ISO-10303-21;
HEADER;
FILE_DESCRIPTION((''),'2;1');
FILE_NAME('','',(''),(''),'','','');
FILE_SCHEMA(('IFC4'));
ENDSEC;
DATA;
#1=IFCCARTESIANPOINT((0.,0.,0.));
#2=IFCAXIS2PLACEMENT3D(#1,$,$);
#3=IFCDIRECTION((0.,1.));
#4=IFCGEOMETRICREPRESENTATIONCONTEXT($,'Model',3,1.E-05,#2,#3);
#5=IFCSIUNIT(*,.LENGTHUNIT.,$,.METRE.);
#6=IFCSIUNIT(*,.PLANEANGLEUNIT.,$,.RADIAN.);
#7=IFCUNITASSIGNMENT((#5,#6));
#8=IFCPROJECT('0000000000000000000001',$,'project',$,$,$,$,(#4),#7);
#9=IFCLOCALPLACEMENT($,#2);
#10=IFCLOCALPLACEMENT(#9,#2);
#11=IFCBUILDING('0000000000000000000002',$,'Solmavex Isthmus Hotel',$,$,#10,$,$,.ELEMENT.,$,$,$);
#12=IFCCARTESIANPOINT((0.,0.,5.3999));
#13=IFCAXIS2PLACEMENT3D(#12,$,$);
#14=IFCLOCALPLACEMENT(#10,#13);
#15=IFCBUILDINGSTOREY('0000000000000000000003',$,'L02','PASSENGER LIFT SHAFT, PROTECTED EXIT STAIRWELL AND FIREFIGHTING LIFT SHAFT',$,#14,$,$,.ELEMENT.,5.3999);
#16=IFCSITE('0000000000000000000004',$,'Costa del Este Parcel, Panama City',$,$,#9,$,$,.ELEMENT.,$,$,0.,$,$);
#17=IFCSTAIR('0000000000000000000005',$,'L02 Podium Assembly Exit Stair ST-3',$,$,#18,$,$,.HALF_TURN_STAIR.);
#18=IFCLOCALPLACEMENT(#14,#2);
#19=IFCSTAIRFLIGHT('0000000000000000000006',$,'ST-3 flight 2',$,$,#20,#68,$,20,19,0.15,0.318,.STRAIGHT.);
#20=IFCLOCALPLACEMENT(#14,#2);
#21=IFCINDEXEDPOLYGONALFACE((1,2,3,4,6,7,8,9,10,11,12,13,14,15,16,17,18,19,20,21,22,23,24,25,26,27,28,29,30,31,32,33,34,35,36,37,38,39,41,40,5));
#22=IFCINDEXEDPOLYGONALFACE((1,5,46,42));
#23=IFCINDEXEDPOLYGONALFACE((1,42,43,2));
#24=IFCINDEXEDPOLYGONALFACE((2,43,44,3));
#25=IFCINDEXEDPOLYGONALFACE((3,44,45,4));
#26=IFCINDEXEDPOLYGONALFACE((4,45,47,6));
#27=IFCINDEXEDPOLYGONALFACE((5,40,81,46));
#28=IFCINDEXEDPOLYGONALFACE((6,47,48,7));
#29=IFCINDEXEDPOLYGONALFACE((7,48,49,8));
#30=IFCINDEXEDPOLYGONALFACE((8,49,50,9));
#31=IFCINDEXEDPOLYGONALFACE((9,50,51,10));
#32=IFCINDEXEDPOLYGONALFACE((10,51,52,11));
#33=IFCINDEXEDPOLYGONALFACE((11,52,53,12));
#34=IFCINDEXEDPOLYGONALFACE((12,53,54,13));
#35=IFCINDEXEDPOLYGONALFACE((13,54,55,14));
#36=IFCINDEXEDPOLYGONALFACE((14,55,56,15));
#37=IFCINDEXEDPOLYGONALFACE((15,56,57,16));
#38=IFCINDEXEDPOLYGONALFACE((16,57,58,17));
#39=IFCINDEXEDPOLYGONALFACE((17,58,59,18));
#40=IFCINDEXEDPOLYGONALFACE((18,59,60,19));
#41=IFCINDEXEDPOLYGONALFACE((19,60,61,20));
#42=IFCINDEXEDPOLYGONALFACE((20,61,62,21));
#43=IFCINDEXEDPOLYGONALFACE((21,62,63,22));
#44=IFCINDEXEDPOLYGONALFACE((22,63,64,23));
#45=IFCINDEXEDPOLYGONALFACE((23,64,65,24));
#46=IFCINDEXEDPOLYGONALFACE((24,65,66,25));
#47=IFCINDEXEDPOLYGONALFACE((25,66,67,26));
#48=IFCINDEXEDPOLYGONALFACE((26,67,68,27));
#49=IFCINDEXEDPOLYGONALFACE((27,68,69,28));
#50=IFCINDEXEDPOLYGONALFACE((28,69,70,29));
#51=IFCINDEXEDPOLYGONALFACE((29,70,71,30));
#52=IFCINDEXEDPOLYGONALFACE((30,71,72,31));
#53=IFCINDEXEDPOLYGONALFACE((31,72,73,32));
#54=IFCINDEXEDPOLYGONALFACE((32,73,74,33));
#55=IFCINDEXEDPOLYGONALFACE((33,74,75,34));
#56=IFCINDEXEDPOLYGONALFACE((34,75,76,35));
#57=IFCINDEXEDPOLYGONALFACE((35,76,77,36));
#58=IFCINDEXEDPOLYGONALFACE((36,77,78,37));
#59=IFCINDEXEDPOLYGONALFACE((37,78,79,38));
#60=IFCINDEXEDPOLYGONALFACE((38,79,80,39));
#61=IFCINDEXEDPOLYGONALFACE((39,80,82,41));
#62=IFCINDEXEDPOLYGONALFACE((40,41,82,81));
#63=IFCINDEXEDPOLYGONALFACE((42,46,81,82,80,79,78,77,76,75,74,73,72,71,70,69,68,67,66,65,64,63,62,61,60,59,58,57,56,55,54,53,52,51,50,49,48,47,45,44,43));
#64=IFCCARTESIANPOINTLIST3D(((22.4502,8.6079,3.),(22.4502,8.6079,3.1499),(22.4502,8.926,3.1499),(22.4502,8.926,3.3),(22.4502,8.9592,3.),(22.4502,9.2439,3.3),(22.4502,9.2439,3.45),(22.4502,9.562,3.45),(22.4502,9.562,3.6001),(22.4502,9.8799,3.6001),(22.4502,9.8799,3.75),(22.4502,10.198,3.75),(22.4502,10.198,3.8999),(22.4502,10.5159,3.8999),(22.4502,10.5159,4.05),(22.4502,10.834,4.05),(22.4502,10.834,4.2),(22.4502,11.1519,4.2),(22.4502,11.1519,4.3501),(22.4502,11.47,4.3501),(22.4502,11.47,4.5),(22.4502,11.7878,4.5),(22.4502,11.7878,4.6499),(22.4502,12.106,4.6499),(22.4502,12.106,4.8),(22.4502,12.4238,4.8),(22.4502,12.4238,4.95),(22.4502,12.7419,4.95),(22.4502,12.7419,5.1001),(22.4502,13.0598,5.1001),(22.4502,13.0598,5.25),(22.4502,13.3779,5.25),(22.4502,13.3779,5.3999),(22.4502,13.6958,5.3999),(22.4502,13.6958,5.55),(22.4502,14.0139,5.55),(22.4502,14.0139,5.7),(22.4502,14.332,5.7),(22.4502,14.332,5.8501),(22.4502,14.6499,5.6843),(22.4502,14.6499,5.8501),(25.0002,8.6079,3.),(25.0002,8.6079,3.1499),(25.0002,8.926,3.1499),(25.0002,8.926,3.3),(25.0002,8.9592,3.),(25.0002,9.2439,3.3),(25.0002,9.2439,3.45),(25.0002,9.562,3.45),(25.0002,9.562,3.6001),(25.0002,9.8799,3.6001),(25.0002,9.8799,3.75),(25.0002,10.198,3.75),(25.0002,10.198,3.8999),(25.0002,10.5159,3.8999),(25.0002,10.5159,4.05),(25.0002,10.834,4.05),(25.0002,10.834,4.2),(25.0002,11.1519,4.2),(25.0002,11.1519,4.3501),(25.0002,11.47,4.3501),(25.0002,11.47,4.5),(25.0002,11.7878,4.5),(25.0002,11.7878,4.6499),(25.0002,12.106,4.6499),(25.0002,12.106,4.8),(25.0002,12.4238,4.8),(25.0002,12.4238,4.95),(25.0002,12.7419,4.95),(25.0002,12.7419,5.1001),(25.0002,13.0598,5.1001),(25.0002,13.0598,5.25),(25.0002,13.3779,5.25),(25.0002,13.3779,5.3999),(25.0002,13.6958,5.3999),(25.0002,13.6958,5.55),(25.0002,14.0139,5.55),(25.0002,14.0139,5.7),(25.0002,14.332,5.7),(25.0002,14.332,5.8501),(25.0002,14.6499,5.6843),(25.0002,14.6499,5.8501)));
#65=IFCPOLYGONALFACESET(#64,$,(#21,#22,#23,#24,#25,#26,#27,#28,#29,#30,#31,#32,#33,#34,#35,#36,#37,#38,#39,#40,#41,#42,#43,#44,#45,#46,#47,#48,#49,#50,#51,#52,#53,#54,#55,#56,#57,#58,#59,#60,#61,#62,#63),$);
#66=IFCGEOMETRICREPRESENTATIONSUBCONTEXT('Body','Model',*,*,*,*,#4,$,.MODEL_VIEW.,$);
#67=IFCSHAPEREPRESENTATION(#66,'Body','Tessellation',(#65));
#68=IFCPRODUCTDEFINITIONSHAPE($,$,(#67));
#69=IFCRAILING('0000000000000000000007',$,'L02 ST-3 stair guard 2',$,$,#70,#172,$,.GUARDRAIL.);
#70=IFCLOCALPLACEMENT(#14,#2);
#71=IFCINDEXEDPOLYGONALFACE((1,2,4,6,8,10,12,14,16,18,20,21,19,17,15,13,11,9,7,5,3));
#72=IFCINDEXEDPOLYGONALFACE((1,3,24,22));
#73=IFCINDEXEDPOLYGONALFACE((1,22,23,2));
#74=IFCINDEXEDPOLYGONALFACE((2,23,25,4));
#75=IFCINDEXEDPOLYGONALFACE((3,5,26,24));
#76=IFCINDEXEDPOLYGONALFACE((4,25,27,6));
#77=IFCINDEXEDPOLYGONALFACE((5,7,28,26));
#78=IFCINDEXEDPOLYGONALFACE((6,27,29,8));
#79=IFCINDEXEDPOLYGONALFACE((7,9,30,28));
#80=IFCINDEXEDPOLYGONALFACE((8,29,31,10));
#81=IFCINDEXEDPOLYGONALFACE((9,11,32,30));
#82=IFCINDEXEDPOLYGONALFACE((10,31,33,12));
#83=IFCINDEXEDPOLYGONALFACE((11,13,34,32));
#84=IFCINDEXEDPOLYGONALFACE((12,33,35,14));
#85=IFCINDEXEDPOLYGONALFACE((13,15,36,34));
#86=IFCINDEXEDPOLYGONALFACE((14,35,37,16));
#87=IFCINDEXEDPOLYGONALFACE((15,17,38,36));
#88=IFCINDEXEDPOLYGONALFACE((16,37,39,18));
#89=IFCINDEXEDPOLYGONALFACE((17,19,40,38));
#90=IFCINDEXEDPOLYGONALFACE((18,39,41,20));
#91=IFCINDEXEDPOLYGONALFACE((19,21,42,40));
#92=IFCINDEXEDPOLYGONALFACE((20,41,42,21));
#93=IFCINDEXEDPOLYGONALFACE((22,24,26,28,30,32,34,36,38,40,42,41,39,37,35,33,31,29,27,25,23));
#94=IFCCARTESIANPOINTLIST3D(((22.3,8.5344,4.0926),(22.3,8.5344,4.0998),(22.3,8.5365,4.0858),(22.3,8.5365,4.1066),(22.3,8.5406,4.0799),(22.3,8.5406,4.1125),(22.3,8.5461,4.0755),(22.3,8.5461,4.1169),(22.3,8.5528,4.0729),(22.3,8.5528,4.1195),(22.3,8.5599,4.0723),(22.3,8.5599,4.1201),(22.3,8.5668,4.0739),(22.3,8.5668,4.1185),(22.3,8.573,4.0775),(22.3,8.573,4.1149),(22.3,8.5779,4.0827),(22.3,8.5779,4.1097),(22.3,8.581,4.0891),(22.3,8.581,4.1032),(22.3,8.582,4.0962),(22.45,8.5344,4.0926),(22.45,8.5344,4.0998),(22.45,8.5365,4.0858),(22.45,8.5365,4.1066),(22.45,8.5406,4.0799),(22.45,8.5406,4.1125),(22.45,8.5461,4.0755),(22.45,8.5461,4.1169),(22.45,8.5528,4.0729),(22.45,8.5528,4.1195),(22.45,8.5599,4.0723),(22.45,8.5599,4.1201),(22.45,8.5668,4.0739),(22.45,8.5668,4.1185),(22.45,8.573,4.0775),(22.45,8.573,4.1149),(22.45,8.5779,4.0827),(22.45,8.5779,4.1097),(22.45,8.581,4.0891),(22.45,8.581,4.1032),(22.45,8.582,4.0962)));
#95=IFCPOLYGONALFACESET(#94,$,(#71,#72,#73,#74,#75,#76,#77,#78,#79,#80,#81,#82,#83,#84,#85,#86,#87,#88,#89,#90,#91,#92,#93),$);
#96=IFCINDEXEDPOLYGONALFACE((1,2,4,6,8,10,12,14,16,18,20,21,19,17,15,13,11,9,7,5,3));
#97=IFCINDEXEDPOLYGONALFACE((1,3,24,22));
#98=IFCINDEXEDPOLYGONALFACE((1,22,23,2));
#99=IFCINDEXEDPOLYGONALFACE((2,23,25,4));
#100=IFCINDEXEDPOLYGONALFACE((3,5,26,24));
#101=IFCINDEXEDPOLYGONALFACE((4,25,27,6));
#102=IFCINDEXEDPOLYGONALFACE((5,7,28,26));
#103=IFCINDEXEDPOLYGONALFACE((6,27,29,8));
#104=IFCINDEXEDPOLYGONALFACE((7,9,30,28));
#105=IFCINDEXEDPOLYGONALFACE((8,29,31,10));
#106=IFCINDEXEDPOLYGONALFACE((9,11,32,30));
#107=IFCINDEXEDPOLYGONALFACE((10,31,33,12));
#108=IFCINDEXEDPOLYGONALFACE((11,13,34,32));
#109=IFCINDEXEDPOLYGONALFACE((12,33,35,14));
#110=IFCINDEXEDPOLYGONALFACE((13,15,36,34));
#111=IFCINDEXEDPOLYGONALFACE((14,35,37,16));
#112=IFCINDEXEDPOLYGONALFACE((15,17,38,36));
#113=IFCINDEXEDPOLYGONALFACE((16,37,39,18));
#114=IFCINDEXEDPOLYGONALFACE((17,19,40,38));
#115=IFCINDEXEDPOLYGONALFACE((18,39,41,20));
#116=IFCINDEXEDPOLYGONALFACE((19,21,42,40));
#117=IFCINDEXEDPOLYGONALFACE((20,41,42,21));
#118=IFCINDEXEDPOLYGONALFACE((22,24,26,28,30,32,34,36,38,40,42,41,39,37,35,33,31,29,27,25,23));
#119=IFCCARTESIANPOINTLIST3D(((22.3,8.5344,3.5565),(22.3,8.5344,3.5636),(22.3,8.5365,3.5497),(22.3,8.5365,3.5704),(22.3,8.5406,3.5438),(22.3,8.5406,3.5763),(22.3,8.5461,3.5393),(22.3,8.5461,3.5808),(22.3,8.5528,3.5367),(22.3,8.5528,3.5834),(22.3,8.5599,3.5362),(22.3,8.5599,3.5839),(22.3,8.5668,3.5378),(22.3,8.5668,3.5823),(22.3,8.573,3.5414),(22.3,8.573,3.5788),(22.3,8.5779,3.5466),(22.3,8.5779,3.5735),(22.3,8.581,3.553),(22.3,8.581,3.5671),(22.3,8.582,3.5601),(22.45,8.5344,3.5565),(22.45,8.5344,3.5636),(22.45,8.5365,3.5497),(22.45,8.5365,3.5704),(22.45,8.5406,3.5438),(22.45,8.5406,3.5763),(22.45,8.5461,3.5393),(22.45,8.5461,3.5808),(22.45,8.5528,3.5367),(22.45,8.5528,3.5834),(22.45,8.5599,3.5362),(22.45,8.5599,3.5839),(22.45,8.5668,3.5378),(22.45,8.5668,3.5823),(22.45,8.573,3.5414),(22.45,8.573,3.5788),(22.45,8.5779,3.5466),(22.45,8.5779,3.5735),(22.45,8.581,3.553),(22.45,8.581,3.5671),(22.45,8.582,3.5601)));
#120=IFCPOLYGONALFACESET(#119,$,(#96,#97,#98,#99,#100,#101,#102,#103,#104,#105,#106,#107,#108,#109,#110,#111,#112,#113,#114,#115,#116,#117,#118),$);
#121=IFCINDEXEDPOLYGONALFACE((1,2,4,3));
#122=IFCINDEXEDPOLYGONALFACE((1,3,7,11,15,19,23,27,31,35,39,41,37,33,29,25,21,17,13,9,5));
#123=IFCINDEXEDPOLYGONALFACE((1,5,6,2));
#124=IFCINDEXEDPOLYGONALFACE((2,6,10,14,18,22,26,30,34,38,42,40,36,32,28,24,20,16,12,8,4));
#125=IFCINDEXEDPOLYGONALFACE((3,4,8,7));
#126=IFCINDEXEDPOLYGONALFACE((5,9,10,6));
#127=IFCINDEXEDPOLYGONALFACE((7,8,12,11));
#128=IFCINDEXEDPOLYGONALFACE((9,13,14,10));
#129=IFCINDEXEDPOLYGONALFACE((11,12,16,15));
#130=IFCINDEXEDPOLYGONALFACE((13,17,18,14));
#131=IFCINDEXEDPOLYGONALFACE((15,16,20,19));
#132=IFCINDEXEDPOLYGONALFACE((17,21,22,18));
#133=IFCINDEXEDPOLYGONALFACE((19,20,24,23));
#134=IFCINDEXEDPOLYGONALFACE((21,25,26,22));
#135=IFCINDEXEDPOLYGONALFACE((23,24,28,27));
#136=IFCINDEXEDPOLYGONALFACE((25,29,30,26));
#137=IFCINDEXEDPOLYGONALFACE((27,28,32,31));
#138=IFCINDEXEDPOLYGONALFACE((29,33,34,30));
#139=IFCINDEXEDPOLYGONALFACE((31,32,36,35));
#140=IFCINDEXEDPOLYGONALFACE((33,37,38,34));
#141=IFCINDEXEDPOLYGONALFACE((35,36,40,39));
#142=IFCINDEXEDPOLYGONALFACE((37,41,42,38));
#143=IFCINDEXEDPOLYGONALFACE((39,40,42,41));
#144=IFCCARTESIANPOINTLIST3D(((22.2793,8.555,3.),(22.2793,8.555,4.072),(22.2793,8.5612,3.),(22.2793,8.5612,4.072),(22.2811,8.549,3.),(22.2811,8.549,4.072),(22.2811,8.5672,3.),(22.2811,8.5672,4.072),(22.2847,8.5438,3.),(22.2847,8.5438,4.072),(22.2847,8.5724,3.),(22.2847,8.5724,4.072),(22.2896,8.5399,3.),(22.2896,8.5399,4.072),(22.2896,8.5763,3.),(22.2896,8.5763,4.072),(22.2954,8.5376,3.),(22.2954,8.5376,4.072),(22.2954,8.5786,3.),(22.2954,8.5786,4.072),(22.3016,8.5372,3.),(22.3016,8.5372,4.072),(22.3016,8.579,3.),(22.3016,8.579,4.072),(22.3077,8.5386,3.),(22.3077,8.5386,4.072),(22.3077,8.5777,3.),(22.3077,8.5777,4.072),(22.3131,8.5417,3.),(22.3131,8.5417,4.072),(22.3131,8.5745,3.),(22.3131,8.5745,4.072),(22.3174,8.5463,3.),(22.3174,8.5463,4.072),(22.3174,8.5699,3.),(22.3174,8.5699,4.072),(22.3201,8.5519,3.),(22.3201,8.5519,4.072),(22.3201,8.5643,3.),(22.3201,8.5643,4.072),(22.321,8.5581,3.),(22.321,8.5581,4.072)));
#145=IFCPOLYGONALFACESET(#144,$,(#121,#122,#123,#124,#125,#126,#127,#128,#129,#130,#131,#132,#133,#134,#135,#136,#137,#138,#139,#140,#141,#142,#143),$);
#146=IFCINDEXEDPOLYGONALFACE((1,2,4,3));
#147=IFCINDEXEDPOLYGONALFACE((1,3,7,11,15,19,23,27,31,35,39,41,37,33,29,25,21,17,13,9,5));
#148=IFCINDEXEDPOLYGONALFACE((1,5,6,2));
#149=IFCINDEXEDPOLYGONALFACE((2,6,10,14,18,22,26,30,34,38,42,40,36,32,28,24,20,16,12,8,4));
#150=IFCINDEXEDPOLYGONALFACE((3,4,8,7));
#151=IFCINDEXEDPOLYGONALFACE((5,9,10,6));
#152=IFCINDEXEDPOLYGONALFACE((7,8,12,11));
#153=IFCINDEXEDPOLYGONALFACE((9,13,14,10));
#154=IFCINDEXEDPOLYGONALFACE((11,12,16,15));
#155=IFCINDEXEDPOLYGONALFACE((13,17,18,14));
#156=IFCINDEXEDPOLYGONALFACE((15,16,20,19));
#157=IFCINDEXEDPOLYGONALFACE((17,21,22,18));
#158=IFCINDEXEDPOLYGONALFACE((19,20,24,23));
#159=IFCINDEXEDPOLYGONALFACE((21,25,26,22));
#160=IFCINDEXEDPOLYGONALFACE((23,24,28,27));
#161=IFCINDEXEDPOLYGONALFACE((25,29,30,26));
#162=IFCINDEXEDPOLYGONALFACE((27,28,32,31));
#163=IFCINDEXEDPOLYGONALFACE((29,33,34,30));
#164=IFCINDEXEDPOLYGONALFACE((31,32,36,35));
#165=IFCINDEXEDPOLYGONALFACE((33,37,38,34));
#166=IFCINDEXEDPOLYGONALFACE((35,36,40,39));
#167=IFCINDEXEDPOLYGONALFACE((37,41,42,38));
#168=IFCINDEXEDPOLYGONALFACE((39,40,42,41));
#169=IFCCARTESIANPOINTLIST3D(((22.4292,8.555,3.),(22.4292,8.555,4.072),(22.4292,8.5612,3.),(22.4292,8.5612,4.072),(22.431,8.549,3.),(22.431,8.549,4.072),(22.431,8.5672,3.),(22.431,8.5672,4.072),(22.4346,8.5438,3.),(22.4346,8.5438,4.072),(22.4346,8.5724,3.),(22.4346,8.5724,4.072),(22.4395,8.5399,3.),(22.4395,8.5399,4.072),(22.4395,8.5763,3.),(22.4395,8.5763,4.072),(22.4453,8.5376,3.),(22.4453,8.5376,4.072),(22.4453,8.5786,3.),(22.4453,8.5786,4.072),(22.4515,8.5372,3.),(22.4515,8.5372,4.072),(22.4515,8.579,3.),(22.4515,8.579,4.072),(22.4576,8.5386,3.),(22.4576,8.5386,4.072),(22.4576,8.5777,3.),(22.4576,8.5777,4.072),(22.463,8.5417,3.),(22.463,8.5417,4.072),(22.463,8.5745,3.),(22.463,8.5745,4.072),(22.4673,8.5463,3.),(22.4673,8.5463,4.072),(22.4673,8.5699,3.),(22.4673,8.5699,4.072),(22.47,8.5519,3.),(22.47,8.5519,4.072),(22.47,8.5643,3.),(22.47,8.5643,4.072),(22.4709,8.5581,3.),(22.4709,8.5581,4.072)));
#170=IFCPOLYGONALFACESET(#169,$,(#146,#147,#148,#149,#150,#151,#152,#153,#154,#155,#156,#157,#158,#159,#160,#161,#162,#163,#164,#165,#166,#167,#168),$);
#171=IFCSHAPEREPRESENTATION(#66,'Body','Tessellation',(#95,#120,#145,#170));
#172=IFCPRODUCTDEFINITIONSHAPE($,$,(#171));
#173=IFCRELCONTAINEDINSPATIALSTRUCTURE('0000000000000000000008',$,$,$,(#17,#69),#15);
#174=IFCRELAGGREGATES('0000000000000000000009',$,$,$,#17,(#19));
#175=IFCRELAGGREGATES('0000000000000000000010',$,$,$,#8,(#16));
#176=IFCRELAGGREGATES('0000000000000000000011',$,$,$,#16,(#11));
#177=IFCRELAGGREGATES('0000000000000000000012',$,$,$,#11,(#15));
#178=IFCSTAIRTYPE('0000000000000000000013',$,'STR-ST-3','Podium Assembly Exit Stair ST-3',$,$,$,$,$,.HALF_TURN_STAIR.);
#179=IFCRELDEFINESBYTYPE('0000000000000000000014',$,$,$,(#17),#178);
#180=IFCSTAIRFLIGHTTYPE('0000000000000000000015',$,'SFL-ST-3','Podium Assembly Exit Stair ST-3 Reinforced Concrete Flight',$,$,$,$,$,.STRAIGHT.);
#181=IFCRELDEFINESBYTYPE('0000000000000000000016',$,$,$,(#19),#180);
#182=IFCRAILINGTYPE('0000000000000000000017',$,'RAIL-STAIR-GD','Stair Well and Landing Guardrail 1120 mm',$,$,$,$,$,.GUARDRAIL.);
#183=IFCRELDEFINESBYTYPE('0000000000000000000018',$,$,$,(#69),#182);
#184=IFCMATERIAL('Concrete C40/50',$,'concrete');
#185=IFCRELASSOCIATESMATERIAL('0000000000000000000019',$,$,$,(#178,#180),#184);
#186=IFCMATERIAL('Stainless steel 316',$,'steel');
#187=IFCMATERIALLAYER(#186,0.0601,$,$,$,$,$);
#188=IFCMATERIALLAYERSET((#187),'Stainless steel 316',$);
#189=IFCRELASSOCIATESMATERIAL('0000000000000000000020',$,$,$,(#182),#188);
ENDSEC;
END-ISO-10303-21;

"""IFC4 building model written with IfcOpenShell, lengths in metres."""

from ifc_helpers import new_model, si_unit, direction, frame, origin, origin_2d, place, context, subcontext, project, spatial, polyline, circle, outline, extrude, material, layer, layer_set, type_object, element, aggregate, save


model = new_model("IFC4")

# Units and contexts
model_context = context("Model", 3, precision=1e-05, world=origin(), true_north=direction((0.0, 1.0)))
body_context = subcontext(model_context, "Body", "Model", "MODEL_VIEW")
ifc_project = project(units=[si_unit("LENGTHUNIT", "METRE"), si_unit("PLANEANGLEUNIT", "RADIAN")], contexts=[model_context])

# Site, building, storey
site_placement = place(None, origin())
site = spatial("IfcSite", under=ifc_project, at=site_placement, Name="Costa del Este Parcel, Panama City", CompositionType="ELEMENT", RefElevation=0.0)
building_placement = place(site_placement, origin())
building = spatial("IfcBuilding", under=site, at=building_placement, Name="Solmavex Isthmus Hotel", CompositionType="ELEMENT")
storey_placement = place(building_placement, frame((0.0, 0.0, 5.3999)))
storey = spatial("IfcBuildingStorey", under=building, at=storey_placement, Name="L02", Description="PASSENGER LIFT SHAFT, PROTECTED EXIT STAIRWELL AND FIREFIGHTING LIFT SHAFT", CompositionType="ELEMENT", Elevation=5.3999)

# Shared definitions
ifc_material_1 = material(Name="Concrete C40/50", Category="concrete")

# Stair, stair flight
stair_type = type_object("IfcStairType", Name="STR-ST-3", Description="Podium Assembly Exit Stair ST-3", PredefinedType="HALF_TURN_STAIR", material=ifc_material_1)
stair_placement = place(storey_placement, origin())
stair = element("IfcStair", 1, at=stair_placement, inside=storey, type_object=stair_type, Name="L02 Podium Assembly Exit Stair ST-3", PredefinedType="HALF_TURN_STAIR")
stair_flight_type = type_object("IfcStairFlightType", Name="SFL-ST-3", Description="Podium Assembly Exit Stair ST-3 Reinforced Concrete Flight", PredefinedType="STRAIGHT", material=ifc_material_1)
stair_flight_1_placement = place(storey_placement, frame((23.7251, 8.6079, 3.0), z_axis=(0.0, 0.0, 1.0), x_axis=(0.0, 1.0, 0.0)))
stair_flight_1 = element("IfcStairFlight", 2, at=stair_flight_1_placement, type_object=stair_flight_type, Name="ST-3 flight 2", NumberOfRisers=20, NumberOfTreads=19, PredefinedType="STRAIGHT", RiserHeight=0.15, TreadLength=0.318, context=body_context, shape_type="SweptSolid", body=[
    extrude(outline(polyline([(0.0, 0.0), (0.0, 0.1499), (0.3181, 0.1499), (0.3181, 0.3), (0.636, 0.3), (0.636, 0.45), (0.9541, 0.45), (0.9541, 0.6001), (1.272, 0.6001), (1.272, 0.75), (1.5901, 0.75), (1.5901, 0.8999), (1.908, 0.8999), (1.908, 1.05), (2.2261, 1.05), (2.2261, 1.2), (2.5439, 1.2), (2.5439, 1.3501), (2.8621, 1.3501), (2.8621, 1.5), (3.1799, 1.5), (3.1799, 1.6499), (3.498, 1.6499), (3.498, 1.8), (3.8159, 1.8), (3.8159, 1.95), (4.134, 1.95), (4.134, 2.1001), (4.4519, 2.1001), (4.4519, 2.25), (4.77, 2.25), (4.77, 2.3999), (5.0879, 2.3999), (5.0879, 2.55), (5.406, 2.55), (5.406, 2.7), (5.7241, 2.7), (5.7241, 2.8501), (6.042, 2.8501), (6.042, 3.0), (6.042, 2.6843), (0.3513, 0.0), (0.0, 0.0)])), frame((0.0, 1.2749, 0.0), z_axis=(0.0, -1.0, 0.0), x_axis=(1.0, 0.0, 0.0)), (0.0, 0.0, 1.0), 2.55),
])
aggregate(stair, [stair_flight_1])

# Railing
ifc_material_2 = material(Name="Stainless steel 316", Category="steel")
ifc_layer_1 = layer(ifc_material_2, 0.0601)
ifc_layer_set_1 = layer_set([ifc_layer_1], Name="Stainless steel 316")
railing_type_1 = type_object("IfcRailingType", Name="RAIL-STAIR-GD", Description="Stair Well and Landing Guardrail 1120 mm", PredefinedType="GUARDRAIL", material=ifc_layer_set_1)
railing_1_placement = place(storey_placement, frame((22.3, 8.5581, 3.0)))
element("IfcRailing", 3, at=railing_1_placement, inside=storey, type_object=railing_type_1, Name="L02 ST-3 stair guard 2", PredefinedType="GUARDRAIL", context=body_context, shape_type="SweptSolid", body=[
    extrude(circle(Radius=0.0239, at=origin_2d()), frame((0.0, 0.0, 1.0962), z_axis=(1.0, 0.0, 0.0), x_axis=(0.0, 1.0, 0.0)), (0.0, 0.0, 1.0), 0.1499),
    extrude(circle(Radius=0.0239, at=origin_2d()), frame((0.0, 0.0, 0.5601), z_axis=(1.0, 0.0, 0.0), x_axis=(0.0, 1.0, 0.0)), (0.0, 0.0, 1.0), 0.1499),
    extrude(circle(Radius=0.021, at=origin_2d()), origin(), (0.0, 0.0, 1.0), 1.072),
    extrude(circle(Radius=0.021, at=origin_2d()), frame((0.1499, 0.0, 0.0)), (0.0, 0.0, 1.0), 1.072),
])

save(model, "model.ifc")
